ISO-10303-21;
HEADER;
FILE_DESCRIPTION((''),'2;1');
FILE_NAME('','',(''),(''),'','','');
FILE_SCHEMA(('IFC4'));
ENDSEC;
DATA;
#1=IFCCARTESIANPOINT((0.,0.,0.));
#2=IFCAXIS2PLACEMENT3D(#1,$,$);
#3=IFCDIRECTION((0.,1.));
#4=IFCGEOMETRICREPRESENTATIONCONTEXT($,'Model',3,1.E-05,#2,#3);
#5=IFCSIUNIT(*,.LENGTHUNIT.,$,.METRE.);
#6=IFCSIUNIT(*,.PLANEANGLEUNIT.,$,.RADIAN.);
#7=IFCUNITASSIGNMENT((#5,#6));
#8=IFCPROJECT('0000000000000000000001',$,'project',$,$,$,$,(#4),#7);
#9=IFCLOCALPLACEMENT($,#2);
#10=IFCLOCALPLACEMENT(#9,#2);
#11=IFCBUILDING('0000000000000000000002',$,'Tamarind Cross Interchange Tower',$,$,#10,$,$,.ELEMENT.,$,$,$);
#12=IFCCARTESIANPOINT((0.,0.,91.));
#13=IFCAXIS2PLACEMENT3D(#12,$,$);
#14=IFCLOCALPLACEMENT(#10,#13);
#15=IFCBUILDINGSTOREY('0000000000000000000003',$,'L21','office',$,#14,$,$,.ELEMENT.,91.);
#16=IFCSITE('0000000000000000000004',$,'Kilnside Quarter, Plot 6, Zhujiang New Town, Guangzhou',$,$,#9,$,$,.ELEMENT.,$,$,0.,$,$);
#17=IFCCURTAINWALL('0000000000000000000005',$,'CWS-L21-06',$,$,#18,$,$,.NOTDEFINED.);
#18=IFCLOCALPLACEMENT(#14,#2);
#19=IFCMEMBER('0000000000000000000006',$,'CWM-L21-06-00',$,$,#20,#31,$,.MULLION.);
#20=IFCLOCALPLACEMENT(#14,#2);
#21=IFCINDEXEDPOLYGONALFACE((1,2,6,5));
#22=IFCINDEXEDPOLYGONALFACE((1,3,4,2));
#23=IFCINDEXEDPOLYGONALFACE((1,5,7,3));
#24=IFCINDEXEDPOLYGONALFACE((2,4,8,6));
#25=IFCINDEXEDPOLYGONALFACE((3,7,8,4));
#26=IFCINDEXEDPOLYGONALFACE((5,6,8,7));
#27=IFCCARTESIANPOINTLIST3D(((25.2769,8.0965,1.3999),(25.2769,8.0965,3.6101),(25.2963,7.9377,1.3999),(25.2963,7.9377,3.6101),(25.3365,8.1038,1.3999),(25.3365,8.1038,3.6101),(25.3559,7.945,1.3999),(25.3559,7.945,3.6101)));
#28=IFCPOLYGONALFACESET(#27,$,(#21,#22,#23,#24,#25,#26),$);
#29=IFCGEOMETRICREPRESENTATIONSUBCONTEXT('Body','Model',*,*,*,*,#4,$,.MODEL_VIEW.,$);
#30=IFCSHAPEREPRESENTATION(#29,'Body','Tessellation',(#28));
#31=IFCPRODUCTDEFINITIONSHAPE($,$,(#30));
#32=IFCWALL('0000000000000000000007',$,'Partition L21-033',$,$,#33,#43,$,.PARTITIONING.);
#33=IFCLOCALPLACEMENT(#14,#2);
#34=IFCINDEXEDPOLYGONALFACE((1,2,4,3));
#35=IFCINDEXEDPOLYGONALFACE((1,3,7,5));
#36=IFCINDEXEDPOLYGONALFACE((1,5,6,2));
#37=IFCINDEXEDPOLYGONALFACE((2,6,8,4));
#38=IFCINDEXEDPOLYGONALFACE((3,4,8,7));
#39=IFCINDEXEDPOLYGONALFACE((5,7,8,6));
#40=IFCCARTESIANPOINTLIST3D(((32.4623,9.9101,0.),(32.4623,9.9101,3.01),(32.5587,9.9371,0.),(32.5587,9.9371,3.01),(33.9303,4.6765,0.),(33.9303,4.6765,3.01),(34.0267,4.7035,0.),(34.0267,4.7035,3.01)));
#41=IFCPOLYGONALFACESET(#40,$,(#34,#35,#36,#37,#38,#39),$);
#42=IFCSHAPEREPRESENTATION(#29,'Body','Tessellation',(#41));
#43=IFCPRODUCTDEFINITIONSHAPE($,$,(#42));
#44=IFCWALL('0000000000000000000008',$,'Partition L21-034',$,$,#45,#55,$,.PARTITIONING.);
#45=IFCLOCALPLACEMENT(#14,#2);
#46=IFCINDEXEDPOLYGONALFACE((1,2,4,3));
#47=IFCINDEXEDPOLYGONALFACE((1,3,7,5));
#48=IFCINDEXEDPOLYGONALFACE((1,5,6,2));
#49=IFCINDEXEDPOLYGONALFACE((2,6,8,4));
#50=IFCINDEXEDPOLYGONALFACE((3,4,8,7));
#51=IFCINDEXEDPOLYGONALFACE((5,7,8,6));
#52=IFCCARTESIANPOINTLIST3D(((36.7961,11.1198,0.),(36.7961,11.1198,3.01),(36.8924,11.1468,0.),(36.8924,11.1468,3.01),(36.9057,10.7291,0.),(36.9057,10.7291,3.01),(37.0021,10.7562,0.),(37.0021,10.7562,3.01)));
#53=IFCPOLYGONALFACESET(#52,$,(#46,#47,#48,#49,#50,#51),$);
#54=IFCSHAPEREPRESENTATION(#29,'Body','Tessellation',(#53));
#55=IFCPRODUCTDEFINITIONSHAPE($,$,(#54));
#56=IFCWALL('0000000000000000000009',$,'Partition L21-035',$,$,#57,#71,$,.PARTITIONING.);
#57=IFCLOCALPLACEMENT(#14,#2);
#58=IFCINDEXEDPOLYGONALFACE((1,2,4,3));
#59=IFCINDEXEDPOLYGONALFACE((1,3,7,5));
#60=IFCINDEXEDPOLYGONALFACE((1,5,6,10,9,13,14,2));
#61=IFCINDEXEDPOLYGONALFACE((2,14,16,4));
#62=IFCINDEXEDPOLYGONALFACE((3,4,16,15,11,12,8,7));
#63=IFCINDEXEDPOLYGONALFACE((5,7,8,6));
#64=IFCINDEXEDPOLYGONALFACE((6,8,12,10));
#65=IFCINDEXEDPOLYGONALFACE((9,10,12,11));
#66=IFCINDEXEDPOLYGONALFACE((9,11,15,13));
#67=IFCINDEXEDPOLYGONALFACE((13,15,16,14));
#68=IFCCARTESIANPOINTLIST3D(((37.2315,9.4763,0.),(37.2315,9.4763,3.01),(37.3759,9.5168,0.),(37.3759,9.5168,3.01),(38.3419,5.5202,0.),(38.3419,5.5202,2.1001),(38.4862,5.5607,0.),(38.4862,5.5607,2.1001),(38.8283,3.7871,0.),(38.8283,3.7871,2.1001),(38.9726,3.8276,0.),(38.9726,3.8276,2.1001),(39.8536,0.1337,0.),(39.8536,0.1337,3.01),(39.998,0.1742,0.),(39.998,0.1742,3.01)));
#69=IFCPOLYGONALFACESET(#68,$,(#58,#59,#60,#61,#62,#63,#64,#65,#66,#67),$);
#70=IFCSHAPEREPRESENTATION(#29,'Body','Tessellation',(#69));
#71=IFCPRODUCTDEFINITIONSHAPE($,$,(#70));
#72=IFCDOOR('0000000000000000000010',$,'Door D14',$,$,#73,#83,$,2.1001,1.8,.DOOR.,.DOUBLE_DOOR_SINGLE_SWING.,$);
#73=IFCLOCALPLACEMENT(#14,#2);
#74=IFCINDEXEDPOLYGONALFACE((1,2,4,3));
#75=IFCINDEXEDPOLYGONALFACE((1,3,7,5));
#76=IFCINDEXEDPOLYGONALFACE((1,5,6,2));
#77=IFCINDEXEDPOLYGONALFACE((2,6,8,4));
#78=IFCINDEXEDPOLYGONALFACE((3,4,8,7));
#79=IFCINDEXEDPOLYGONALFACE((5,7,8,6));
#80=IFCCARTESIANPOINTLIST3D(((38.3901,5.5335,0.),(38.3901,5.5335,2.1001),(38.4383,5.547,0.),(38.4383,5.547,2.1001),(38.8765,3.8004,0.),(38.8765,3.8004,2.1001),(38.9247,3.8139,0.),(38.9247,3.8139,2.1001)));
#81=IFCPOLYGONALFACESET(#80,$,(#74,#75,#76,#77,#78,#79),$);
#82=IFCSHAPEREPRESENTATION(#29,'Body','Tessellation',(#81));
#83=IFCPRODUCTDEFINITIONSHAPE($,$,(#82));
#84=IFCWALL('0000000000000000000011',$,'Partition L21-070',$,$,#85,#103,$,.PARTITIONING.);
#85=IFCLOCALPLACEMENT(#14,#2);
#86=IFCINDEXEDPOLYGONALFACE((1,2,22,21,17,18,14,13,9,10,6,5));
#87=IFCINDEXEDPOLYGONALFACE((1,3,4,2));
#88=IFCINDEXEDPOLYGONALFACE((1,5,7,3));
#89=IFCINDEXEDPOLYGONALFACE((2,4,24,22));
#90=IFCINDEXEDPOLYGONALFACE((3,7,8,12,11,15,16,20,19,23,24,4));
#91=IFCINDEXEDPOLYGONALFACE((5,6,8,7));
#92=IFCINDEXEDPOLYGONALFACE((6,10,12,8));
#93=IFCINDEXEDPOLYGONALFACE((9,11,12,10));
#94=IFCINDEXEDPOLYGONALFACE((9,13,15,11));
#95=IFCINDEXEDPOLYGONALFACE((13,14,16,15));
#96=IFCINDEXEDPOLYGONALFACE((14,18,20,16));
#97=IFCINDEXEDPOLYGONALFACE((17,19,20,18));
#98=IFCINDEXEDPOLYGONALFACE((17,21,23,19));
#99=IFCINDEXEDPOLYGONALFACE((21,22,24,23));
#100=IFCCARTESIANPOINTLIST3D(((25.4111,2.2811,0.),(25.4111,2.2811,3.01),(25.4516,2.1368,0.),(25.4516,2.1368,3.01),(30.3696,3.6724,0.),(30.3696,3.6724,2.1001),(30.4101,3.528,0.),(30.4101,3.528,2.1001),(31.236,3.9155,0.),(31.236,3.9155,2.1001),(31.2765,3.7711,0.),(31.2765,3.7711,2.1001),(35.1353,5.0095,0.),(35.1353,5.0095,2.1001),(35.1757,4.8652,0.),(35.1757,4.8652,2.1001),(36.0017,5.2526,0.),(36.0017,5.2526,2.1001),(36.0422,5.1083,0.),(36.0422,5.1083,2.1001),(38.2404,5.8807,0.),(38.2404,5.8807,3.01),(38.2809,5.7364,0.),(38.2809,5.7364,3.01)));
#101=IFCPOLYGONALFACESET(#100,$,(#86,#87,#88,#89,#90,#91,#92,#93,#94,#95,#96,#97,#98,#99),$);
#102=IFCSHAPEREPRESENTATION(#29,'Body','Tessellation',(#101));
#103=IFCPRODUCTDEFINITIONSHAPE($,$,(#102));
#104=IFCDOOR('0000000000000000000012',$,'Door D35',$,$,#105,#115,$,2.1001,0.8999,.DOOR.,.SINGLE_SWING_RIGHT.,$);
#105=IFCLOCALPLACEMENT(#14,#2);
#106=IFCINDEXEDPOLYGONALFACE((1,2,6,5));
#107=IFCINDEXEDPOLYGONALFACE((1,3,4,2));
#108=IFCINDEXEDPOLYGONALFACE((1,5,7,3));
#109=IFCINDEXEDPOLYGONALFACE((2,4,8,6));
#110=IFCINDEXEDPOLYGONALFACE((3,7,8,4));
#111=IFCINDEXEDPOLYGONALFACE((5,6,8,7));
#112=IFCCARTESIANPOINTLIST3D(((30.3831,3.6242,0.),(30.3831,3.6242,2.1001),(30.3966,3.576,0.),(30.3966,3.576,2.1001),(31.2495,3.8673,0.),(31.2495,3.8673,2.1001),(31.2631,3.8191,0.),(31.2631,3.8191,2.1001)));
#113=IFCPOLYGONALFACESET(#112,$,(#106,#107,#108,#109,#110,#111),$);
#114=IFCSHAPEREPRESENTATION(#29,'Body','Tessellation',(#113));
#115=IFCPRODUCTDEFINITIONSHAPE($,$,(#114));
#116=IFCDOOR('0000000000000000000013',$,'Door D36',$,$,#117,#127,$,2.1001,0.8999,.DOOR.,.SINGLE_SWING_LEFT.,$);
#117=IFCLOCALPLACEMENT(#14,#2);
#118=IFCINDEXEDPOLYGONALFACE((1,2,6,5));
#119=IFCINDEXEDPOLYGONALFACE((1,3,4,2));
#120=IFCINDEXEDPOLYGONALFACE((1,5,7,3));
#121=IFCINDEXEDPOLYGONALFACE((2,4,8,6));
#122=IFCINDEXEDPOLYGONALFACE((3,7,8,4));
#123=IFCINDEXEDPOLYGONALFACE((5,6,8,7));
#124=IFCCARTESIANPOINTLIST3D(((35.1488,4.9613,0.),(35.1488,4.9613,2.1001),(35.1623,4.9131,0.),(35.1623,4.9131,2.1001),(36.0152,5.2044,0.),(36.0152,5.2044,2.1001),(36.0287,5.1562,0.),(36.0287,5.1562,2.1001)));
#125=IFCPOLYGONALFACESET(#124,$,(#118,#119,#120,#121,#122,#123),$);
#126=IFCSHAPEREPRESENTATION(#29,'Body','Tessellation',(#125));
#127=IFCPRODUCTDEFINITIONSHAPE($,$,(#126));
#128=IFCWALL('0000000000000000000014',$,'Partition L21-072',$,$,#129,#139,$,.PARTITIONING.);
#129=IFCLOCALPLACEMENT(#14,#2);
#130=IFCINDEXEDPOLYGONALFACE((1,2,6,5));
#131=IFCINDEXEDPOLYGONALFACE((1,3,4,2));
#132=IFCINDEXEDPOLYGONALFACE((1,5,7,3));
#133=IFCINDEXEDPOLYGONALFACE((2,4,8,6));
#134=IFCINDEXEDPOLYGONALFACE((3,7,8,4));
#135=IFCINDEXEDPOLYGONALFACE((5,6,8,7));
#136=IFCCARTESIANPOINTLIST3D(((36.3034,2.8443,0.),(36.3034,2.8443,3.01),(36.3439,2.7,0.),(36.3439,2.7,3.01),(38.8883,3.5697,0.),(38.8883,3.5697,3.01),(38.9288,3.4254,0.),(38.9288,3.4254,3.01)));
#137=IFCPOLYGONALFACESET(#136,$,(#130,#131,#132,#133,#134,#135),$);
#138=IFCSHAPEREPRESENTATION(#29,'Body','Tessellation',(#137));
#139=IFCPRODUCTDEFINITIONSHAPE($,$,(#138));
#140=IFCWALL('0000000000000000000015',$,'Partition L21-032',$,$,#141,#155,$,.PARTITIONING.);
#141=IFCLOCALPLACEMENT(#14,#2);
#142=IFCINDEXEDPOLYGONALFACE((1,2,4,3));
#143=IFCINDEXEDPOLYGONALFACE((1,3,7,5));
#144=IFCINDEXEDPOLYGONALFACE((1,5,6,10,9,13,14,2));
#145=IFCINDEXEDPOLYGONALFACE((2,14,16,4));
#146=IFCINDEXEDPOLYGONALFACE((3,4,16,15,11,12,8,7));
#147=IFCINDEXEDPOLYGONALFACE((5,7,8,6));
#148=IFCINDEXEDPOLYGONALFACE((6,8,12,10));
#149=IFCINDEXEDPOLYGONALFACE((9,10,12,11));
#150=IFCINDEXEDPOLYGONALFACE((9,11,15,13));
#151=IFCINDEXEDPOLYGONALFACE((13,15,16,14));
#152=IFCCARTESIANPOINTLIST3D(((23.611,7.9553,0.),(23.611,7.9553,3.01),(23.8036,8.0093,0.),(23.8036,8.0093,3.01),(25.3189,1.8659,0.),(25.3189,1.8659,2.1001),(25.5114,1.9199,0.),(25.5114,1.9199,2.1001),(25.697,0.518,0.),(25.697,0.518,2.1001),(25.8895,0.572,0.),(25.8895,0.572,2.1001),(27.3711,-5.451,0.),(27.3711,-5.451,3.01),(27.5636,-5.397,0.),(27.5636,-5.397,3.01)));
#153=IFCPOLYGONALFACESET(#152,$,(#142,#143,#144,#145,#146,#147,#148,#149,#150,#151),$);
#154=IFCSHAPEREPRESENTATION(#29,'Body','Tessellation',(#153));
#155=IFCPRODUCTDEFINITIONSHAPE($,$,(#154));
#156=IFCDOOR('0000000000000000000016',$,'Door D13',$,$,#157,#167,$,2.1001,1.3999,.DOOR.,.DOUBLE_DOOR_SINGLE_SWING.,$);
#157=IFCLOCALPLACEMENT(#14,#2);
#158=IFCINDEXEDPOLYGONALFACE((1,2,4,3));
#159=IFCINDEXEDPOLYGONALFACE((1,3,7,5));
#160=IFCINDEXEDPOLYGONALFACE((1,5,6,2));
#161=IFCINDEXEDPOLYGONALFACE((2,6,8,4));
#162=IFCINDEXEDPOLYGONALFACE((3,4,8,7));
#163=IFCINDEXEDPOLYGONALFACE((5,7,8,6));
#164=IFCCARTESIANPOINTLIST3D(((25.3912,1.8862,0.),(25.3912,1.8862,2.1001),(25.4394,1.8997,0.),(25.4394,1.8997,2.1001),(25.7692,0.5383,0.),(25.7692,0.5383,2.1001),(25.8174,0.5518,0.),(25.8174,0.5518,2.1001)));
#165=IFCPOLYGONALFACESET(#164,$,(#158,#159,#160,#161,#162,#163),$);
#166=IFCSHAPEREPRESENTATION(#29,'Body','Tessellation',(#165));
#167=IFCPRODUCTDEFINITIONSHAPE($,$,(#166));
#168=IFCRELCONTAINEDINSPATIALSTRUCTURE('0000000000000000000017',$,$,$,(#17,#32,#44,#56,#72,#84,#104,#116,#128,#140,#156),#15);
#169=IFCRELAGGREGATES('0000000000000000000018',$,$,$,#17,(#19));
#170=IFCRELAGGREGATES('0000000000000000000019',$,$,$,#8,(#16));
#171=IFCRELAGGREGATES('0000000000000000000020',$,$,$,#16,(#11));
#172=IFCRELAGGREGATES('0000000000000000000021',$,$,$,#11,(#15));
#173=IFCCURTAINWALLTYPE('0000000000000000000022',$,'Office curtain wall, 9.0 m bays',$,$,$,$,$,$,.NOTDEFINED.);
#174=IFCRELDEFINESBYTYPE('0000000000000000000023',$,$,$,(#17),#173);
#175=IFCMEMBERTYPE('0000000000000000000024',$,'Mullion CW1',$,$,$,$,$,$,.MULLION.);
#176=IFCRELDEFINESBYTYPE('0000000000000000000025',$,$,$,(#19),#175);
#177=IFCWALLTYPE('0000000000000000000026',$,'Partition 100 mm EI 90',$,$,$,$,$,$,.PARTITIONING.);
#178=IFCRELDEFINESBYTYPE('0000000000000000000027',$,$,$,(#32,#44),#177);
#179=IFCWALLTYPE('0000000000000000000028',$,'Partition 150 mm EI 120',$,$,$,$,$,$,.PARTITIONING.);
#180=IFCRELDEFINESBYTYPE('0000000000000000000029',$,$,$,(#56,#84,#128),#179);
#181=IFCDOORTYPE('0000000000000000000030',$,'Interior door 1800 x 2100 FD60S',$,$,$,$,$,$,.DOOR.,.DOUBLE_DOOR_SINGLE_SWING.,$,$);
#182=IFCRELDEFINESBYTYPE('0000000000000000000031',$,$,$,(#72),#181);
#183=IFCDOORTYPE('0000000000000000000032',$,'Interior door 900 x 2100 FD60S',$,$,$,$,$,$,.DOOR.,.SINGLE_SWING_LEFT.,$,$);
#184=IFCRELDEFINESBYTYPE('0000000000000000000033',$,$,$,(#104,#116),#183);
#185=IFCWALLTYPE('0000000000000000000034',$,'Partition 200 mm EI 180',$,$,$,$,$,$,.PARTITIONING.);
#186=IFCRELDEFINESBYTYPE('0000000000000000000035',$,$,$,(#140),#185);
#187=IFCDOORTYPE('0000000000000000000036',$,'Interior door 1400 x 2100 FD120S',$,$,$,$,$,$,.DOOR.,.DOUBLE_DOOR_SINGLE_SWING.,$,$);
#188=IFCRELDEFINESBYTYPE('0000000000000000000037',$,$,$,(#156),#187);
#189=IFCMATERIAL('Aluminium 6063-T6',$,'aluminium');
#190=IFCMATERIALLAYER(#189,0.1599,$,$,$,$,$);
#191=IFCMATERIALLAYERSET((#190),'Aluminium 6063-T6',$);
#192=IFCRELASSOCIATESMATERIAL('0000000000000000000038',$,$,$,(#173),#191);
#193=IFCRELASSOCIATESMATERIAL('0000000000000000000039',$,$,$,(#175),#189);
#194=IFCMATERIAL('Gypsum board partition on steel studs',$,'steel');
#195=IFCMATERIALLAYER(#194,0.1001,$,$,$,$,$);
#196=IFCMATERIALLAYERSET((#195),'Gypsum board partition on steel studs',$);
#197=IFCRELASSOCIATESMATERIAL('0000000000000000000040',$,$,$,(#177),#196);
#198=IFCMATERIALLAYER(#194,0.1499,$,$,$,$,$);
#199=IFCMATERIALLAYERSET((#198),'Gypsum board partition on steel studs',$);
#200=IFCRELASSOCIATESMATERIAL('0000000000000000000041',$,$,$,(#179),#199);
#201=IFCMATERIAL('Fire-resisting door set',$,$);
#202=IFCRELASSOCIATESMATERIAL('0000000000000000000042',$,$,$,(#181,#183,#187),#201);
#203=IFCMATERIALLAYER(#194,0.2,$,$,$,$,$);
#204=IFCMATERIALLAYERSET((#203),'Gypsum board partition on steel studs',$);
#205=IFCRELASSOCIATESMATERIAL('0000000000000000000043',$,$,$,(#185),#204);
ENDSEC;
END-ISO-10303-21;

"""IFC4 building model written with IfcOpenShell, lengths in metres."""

from ifc_helpers import new_model, si_unit, direction, frame, frame_2d, origin, origin_2d, place, context, subcontext, project, spatial, rectangle, extrude, material, layer, layer_set, material_profile, profile_set, type_object, element, fill, aggregate, save


model = new_model("IFC4")

# Units and contexts
model_context = context("Model", 3, precision=1e-05, world=origin(), true_north=direction((0.0, 1.0)))
body_context = subcontext(model_context, "Body", "Model", "MODEL_VIEW")
ifc_project = project(units=[si_unit("LENGTHUNIT", "METRE"), si_unit("PLANEANGLEUNIT", "RADIAN")], contexts=[model_context])

# Site, building, storey
site_placement = place(None, origin())
site = spatial("IfcSite", under=ifc_project, at=site_placement, Name="Kilnside Quarter, Plot 6, Zhujiang New Town, Guangzhou", CompositionType="ELEMENT", RefElevation=0.0)
building_placement = place(site_placement, origin())
building = spatial("IfcBuilding", under=site, at=building_placement, Name="Tamarind Cross Interchange Tower", CompositionType="ELEMENT")
storey_placement = place(building_placement, frame((0.0, 0.0, 91.0)))
storey = spatial("IfcBuildingStorey", under=building, at=storey_placement, Name="L21", Description="office", CompositionType="ELEMENT", Elevation=91.0)

# Shared definitions
ifc_material_1 = material(Name="Aluminium 6063-T6", Category="aluminium")
ifc_layer_1 = layer(ifc_material_1, 0.1599)
ifc_layer_set_1 = layer_set([ifc_layer_1], Name="Aluminium 6063-T6")
curtain_wall_type = type_object("IfcCurtainWallType", Name="Office curtain wall, 9.0 m bays", PredefinedType="NOTDEFINED", material=ifc_layer_set_1)
ifc_material_profile_1 = material_profile(ifc_material_1, rectangle(XDim=0.0601, YDim=0.1599, at=origin_2d()), Name="Mullion CW1")
ifc_profile_set_1 = profile_set([ifc_material_profile_1], Name="Aluminium 6063-T6")
member_type = type_object("IfcMemberType", Name="Mullion CW1", PredefinedType="MULLION", material=ifc_profile_set_1)

# Curtain wall, member
curtain_wall_1_placement = place(storey_placement, origin())
curtain_wall_1 = element("IfcCurtainWall", 1, at=curtain_wall_1_placement, inside=storey, type_object=curtain_wall_type, Name="CWS-L21-06", PredefinedType="NOTDEFINED")
member_1_placement = place(storey_placement, frame((25.3164, 8.0208, 1.3999), z_axis=(0.0, 0.0, 1.0), x_axis=(-0.992599, -0.121439, 0.0)))
member_1 = element("IfcMember", 2, at=member_1_placement, type_object=member_type, Name="CWM-L21-06-00", PredefinedType="MULLION", context=body_context, shape_type="SweptSolid", body=[
    extrude(rectangle(XDim=0.0601, YDim=0.1599, at=origin_2d()), origin(), (0.0, 0.0, 1.0), 2.2102),
])
aggregate(curtain_wall_1, [member_1])

# Walls
ifc_material_2 = material(Name="Gypsum board partition on steel studs", Category="steel")
ifc_layer_2 = layer(ifc_material_2, 0.1001)
ifc_layer_set_2 = layer_set([ifc_layer_2], Name="Gypsum board partition on steel studs")
wall_type_1 = type_object("IfcWallType", Name="Partition 100 mm EI 90", PredefinedType="PARTITIONING", material=ifc_layer_set_2)
wall_1_placement = place(storey_placement, frame((32.5105, 9.9236, 0.0), z_axis=(0.0, 0.0, 1.0), x_axis=(0.270073, -0.96284, 0.0)))
element("IfcWall", 3, at=wall_1_placement, inside=storey, type_object=wall_type_1, Name="Partition L21-033", PredefinedType="PARTITIONING", context=body_context, shape_type="SweptSolid", body=[
    extrude(rectangle(XDim=5.4355, YDim=0.1001, at=frame_2d((2.7178, 0.0))), origin(), (0.0, 0.0, 1.0), 3.01),
])
wall_2_placement = place(storey_placement, frame((36.8442, 11.1333, 0.0), z_axis=(0.0, 0.0, 1.0), x_axis=(0.270188, -0.962808, 0.0)))
element("IfcWall", 4, at=wall_2_placement, inside=storey, type_object=wall_type_1, Name="Partition L21-034", PredefinedType="PARTITIONING", context=body_context, shape_type="SweptSolid", body=[
    extrude(rectangle(XDim=0.4058, YDim=0.1001, at=frame_2d((0.2029, 0.0))), origin(), (0.0, 0.0, 1.0), 3.01),
])

# Wall, opening, door
ifc_layer_3 = layer(ifc_material_2, 0.1499)
ifc_layer_set_3 = layer_set([ifc_layer_3], Name="Gypsum board partition on steel studs")
wall_type_2 = type_object("IfcWallType", Name="Partition 150 mm EI 120", PredefinedType="PARTITIONING", material=ifc_layer_set_3)
wall_3_placement = place(storey_placement, frame((37.3037, 9.4966, 0.0), z_axis=(0.0, 0.0, 1.0), x_axis=(0.270219, -0.962799, 0.0)))
wall_3 = element("IfcWall", 5, at=wall_3_placement, inside=storey, type_object=wall_type_2, Name="Partition L21-035", PredefinedType="PARTITIONING", context=body_context, shape_type="SweptSolid", body=[
    extrude(rectangle(XDim=9.7036, YDim=0.1499, at=frame_2d((4.8518, 0.0))), origin(), (0.0, 0.0, 1.0), 3.01),
])
opening_1_placement = place(wall_3_placement, frame((4.1091, 0.0, 0.0)))
opening_1 = element("IfcOpeningElement", 6, at=opening_1_placement, cuts=wall_3, PredefinedType="OPENING", context=body_context, shape_type="SweptSolid", body=[
    extrude(rectangle(XDim=1.8, YDim=2.1001, at=frame_2d((0.8999, 1.05))), frame((0.0, 0.085, 0.0), z_axis=(0.0, -1.0, 0.0), x_axis=(1.0, 0.0, 0.0)), (0.0, 0.0, 1.0), 0.1699),
])
ifc_material_3 = material(Name="Fire-resisting door set")
door_type_1 = type_object("IfcDoorType", Name="Interior door 1800 x 2100 FD60S", OperationType="DOUBLE_DOOR_SINGLE_SWING", PredefinedType="DOOR", material=ifc_material_3)
door_1_placement = place(opening_1_placement, frame((1.8, 0.0, 0.0), z_axis=(0.0, 0.0, 1.0), x_axis=(-1.0, 0.0, 0.0)))
door_1 = element("IfcDoor", 7, at=door_1_placement, inside=storey, type_object=door_type_1, Name="Door D14", OperationType="DOUBLE_DOOR_SINGLE_SWING", OverallHeight=2.1001, OverallWidth=1.8, PredefinedType="DOOR", context=body_context, shape_type="SweptSolid", body=[
    extrude(rectangle(XDim=1.8, YDim=2.1001, at=frame_2d((0.8999, 1.05))), frame((0.0, 0.0249, 0.0), z_axis=(0.0, -1.0, 0.0), x_axis=(1.0, 0.0, 0.0)), (0.0, 0.0, 1.0), 0.05),
])
fill(opening_1, door_1)

# Wall, openings, doors
wall_4_placement = place(storey_placement, frame((25.4314, 2.209, 0.0), z_axis=(0.0, 0.0, 1.0), x_axis=(0.96282, 0.270144, 0.0)))
wall_4 = element("IfcWall", 8, at=wall_4_placement, inside=storey, type_object=wall_type_2, Name="Partition L21-070", PredefinedType="PARTITIONING", context=body_context, shape_type="SweptSolid", body=[
    extrude(rectangle(XDim=13.3247, YDim=0.1499, at=frame_2d((6.6624, 0.0))), origin(), (0.0, 0.0, 1.0), 3.01),
])
opening_2_placement = place(wall_4_placement, frame((5.1499, 0.0, 0.0)))
opening_2 = element("IfcOpeningElement", 9, at=opening_2_placement, cuts=wall_4, PredefinedType="OPENING", context=body_context, shape_type="SweptSolid", body=[
    extrude(rectangle(XDim=0.8999, YDim=2.1001, at=frame_2d((0.45, 1.05))), frame((0.0, 0.085, 0.0), z_axis=(0.0, -1.0, 0.0), x_axis=(1.0, 0.0, 0.0)), (0.0, 0.0, 1.0), 0.1699),
])
opening_3_placement = place(wall_4_placement, frame((10.0996, 0.0, 0.0)))
opening_3 = element("IfcOpeningElement", 10, at=opening_3_placement, cuts=wall_4, PredefinedType="OPENING", context=body_context, shape_type="SweptSolid", body=[
    extrude(rectangle(XDim=0.8999, YDim=2.1001, at=frame_2d((0.45, 1.05))), frame((0.0, 0.085, 0.0), z_axis=(0.0, -1.0, 0.0), x_axis=(1.0, 0.0, 0.0)), (0.0, 0.0, 1.0), 0.1699),
])
door_type_2 = type_object("IfcDoorType", Name="Interior door 900 x 2100 FD60S", OperationType="SINGLE_SWING_LEFT", PredefinedType="DOOR", material=ifc_material_3)
door_2_placement = place(opening_2_placement, origin())
door_2 = element("IfcDoor", 11, at=door_2_placement, inside=storey, type_object=door_type_2, Name="Door D35", OperationType="SINGLE_SWING_RIGHT", OverallHeight=2.1001, OverallWidth=0.8999, PredefinedType="DOOR", context=body_context, shape_type="SweptSolid", body=[
    extrude(rectangle(XDim=0.8999, YDim=2.1001, at=frame_2d((0.45, 1.05))), frame((0.0, 0.0249, 0.0), z_axis=(0.0, -1.0, 0.0), x_axis=(1.0, 0.0, 0.0)), (0.0, 0.0, 1.0), 0.05),
])
fill(opening_2, door_2)
door_3_placement = place(opening_3_placement, origin())
door_3 = element("IfcDoor", 12, at=door_3_placement, inside=storey, type_object=door_type_2, Name="Door D36", OperationType="SINGLE_SWING_LEFT", OverallHeight=2.1001, OverallWidth=0.8999, PredefinedType="DOOR", context=body_context, shape_type="SweptSolid", body=[
    extrude(rectangle(XDim=0.8999, YDim=2.1001, at=frame_2d((0.45, 1.05))), frame((0.0, 0.0249, 0.0), z_axis=(0.0, -1.0, 0.0), x_axis=(1.0, 0.0, 0.0)), (0.0, 0.0, 1.0), 0.05),
])
fill(opening_3, door_3)

# Wall
wall_5_placement = place(storey_placement, frame((36.3237, 2.7722, 0.0), z_axis=(0.0, 0.0, 1.0), x_axis=(0.962814, 0.270166, 0.0)))
element("IfcWall", 13, at=wall_5_placement, inside=storey, type_object=wall_type_2, Name="Partition L21-072", PredefinedType="PARTITIONING", context=body_context, shape_type="SweptSolid", body=[
    extrude(rectangle(XDim=2.6848, YDim=0.1499, at=frame_2d((1.3423, 0.0))), origin(), (0.0, 0.0, 1.0), 3.01),
])

# Wall, opening, door
ifc_layer_4 = layer(ifc_material_2, 0.2)
ifc_layer_set_4 = layer_set([ifc_layer_4], Name="Gypsum board partition on steel studs")
wall_type_3 = type_object("IfcWallType", Name="Partition 200 mm EI 180", PredefinedType="PARTITIONING", material=ifc_layer_set_4)
wall_6_placement = place(storey_placement, frame((23.7073, 7.9824, 0.0), z_axis=(0.0, 0.0, 1.0), x_axis=(0.270047, -0.962847, 0.0)))
wall_6 = element("IfcWall", 14, at=wall_6_placement, inside=storey, type_object=wall_type_3, Name="Partition L21-032", PredefinedType="PARTITIONING", context=body_context, shape_type="SweptSolid", body=[
    extrude(rectangle(XDim=13.9236, YDim=0.2, at=frame_2d((6.9619, 0.0))), origin(), (0.0, 0.0, 1.0), 3.01),
])
opening_4_placement = place(wall_6_placement, frame((6.3245, 0.0, 0.0)))
opening_4 = element("IfcOpeningElement", 15, at=opening_4_placement, cuts=wall_6, PredefinedType="OPENING", context=body_context, shape_type="SweptSolid", body=[
    extrude(rectangle(XDim=1.3999, YDim=2.1001, at=frame_2d((0.7, 1.05))), frame((0.0, 0.1099, 0.0), z_axis=(0.0, -1.0, 0.0), x_axis=(1.0, 0.0, 0.0)), (0.0, 0.0, 1.0), 0.22),
])
door_type_3 = type_object("IfcDoorType", Name="Interior door 1400 x 2100 FD120S", OperationType="DOUBLE_DOOR_SINGLE_SWING", PredefinedType="DOOR", material=ifc_material_3)
door_4_placement = place(opening_4_placement, frame((1.3999, 0.0, 0.0), z_axis=(0.0, 0.0, 1.0), x_axis=(-1.0, 0.0, 0.0)))
door_4 = element("IfcDoor", 16, at=door_4_placement, inside=storey, type_object=door_type_3, Name="Door D13", OperationType="DOUBLE_DOOR_SINGLE_SWING", OverallHeight=2.1001, OverallWidth=1.3999, PredefinedType="DOOR", context=body_context, shape_type="SweptSolid", body=[
    extrude(rectangle(XDim=1.3999, YDim=2.1001, at=frame_2d((0.7, 1.05))), frame((0.0, 0.0249, 0.0), z_axis=(0.0, -1.0, 0.0), x_axis=(1.0, 0.0, 0.0)), (0.0, 0.0, 1.0), 0.05),
])
fill(opening_4, door_4)

save(model, "model.ifc")
